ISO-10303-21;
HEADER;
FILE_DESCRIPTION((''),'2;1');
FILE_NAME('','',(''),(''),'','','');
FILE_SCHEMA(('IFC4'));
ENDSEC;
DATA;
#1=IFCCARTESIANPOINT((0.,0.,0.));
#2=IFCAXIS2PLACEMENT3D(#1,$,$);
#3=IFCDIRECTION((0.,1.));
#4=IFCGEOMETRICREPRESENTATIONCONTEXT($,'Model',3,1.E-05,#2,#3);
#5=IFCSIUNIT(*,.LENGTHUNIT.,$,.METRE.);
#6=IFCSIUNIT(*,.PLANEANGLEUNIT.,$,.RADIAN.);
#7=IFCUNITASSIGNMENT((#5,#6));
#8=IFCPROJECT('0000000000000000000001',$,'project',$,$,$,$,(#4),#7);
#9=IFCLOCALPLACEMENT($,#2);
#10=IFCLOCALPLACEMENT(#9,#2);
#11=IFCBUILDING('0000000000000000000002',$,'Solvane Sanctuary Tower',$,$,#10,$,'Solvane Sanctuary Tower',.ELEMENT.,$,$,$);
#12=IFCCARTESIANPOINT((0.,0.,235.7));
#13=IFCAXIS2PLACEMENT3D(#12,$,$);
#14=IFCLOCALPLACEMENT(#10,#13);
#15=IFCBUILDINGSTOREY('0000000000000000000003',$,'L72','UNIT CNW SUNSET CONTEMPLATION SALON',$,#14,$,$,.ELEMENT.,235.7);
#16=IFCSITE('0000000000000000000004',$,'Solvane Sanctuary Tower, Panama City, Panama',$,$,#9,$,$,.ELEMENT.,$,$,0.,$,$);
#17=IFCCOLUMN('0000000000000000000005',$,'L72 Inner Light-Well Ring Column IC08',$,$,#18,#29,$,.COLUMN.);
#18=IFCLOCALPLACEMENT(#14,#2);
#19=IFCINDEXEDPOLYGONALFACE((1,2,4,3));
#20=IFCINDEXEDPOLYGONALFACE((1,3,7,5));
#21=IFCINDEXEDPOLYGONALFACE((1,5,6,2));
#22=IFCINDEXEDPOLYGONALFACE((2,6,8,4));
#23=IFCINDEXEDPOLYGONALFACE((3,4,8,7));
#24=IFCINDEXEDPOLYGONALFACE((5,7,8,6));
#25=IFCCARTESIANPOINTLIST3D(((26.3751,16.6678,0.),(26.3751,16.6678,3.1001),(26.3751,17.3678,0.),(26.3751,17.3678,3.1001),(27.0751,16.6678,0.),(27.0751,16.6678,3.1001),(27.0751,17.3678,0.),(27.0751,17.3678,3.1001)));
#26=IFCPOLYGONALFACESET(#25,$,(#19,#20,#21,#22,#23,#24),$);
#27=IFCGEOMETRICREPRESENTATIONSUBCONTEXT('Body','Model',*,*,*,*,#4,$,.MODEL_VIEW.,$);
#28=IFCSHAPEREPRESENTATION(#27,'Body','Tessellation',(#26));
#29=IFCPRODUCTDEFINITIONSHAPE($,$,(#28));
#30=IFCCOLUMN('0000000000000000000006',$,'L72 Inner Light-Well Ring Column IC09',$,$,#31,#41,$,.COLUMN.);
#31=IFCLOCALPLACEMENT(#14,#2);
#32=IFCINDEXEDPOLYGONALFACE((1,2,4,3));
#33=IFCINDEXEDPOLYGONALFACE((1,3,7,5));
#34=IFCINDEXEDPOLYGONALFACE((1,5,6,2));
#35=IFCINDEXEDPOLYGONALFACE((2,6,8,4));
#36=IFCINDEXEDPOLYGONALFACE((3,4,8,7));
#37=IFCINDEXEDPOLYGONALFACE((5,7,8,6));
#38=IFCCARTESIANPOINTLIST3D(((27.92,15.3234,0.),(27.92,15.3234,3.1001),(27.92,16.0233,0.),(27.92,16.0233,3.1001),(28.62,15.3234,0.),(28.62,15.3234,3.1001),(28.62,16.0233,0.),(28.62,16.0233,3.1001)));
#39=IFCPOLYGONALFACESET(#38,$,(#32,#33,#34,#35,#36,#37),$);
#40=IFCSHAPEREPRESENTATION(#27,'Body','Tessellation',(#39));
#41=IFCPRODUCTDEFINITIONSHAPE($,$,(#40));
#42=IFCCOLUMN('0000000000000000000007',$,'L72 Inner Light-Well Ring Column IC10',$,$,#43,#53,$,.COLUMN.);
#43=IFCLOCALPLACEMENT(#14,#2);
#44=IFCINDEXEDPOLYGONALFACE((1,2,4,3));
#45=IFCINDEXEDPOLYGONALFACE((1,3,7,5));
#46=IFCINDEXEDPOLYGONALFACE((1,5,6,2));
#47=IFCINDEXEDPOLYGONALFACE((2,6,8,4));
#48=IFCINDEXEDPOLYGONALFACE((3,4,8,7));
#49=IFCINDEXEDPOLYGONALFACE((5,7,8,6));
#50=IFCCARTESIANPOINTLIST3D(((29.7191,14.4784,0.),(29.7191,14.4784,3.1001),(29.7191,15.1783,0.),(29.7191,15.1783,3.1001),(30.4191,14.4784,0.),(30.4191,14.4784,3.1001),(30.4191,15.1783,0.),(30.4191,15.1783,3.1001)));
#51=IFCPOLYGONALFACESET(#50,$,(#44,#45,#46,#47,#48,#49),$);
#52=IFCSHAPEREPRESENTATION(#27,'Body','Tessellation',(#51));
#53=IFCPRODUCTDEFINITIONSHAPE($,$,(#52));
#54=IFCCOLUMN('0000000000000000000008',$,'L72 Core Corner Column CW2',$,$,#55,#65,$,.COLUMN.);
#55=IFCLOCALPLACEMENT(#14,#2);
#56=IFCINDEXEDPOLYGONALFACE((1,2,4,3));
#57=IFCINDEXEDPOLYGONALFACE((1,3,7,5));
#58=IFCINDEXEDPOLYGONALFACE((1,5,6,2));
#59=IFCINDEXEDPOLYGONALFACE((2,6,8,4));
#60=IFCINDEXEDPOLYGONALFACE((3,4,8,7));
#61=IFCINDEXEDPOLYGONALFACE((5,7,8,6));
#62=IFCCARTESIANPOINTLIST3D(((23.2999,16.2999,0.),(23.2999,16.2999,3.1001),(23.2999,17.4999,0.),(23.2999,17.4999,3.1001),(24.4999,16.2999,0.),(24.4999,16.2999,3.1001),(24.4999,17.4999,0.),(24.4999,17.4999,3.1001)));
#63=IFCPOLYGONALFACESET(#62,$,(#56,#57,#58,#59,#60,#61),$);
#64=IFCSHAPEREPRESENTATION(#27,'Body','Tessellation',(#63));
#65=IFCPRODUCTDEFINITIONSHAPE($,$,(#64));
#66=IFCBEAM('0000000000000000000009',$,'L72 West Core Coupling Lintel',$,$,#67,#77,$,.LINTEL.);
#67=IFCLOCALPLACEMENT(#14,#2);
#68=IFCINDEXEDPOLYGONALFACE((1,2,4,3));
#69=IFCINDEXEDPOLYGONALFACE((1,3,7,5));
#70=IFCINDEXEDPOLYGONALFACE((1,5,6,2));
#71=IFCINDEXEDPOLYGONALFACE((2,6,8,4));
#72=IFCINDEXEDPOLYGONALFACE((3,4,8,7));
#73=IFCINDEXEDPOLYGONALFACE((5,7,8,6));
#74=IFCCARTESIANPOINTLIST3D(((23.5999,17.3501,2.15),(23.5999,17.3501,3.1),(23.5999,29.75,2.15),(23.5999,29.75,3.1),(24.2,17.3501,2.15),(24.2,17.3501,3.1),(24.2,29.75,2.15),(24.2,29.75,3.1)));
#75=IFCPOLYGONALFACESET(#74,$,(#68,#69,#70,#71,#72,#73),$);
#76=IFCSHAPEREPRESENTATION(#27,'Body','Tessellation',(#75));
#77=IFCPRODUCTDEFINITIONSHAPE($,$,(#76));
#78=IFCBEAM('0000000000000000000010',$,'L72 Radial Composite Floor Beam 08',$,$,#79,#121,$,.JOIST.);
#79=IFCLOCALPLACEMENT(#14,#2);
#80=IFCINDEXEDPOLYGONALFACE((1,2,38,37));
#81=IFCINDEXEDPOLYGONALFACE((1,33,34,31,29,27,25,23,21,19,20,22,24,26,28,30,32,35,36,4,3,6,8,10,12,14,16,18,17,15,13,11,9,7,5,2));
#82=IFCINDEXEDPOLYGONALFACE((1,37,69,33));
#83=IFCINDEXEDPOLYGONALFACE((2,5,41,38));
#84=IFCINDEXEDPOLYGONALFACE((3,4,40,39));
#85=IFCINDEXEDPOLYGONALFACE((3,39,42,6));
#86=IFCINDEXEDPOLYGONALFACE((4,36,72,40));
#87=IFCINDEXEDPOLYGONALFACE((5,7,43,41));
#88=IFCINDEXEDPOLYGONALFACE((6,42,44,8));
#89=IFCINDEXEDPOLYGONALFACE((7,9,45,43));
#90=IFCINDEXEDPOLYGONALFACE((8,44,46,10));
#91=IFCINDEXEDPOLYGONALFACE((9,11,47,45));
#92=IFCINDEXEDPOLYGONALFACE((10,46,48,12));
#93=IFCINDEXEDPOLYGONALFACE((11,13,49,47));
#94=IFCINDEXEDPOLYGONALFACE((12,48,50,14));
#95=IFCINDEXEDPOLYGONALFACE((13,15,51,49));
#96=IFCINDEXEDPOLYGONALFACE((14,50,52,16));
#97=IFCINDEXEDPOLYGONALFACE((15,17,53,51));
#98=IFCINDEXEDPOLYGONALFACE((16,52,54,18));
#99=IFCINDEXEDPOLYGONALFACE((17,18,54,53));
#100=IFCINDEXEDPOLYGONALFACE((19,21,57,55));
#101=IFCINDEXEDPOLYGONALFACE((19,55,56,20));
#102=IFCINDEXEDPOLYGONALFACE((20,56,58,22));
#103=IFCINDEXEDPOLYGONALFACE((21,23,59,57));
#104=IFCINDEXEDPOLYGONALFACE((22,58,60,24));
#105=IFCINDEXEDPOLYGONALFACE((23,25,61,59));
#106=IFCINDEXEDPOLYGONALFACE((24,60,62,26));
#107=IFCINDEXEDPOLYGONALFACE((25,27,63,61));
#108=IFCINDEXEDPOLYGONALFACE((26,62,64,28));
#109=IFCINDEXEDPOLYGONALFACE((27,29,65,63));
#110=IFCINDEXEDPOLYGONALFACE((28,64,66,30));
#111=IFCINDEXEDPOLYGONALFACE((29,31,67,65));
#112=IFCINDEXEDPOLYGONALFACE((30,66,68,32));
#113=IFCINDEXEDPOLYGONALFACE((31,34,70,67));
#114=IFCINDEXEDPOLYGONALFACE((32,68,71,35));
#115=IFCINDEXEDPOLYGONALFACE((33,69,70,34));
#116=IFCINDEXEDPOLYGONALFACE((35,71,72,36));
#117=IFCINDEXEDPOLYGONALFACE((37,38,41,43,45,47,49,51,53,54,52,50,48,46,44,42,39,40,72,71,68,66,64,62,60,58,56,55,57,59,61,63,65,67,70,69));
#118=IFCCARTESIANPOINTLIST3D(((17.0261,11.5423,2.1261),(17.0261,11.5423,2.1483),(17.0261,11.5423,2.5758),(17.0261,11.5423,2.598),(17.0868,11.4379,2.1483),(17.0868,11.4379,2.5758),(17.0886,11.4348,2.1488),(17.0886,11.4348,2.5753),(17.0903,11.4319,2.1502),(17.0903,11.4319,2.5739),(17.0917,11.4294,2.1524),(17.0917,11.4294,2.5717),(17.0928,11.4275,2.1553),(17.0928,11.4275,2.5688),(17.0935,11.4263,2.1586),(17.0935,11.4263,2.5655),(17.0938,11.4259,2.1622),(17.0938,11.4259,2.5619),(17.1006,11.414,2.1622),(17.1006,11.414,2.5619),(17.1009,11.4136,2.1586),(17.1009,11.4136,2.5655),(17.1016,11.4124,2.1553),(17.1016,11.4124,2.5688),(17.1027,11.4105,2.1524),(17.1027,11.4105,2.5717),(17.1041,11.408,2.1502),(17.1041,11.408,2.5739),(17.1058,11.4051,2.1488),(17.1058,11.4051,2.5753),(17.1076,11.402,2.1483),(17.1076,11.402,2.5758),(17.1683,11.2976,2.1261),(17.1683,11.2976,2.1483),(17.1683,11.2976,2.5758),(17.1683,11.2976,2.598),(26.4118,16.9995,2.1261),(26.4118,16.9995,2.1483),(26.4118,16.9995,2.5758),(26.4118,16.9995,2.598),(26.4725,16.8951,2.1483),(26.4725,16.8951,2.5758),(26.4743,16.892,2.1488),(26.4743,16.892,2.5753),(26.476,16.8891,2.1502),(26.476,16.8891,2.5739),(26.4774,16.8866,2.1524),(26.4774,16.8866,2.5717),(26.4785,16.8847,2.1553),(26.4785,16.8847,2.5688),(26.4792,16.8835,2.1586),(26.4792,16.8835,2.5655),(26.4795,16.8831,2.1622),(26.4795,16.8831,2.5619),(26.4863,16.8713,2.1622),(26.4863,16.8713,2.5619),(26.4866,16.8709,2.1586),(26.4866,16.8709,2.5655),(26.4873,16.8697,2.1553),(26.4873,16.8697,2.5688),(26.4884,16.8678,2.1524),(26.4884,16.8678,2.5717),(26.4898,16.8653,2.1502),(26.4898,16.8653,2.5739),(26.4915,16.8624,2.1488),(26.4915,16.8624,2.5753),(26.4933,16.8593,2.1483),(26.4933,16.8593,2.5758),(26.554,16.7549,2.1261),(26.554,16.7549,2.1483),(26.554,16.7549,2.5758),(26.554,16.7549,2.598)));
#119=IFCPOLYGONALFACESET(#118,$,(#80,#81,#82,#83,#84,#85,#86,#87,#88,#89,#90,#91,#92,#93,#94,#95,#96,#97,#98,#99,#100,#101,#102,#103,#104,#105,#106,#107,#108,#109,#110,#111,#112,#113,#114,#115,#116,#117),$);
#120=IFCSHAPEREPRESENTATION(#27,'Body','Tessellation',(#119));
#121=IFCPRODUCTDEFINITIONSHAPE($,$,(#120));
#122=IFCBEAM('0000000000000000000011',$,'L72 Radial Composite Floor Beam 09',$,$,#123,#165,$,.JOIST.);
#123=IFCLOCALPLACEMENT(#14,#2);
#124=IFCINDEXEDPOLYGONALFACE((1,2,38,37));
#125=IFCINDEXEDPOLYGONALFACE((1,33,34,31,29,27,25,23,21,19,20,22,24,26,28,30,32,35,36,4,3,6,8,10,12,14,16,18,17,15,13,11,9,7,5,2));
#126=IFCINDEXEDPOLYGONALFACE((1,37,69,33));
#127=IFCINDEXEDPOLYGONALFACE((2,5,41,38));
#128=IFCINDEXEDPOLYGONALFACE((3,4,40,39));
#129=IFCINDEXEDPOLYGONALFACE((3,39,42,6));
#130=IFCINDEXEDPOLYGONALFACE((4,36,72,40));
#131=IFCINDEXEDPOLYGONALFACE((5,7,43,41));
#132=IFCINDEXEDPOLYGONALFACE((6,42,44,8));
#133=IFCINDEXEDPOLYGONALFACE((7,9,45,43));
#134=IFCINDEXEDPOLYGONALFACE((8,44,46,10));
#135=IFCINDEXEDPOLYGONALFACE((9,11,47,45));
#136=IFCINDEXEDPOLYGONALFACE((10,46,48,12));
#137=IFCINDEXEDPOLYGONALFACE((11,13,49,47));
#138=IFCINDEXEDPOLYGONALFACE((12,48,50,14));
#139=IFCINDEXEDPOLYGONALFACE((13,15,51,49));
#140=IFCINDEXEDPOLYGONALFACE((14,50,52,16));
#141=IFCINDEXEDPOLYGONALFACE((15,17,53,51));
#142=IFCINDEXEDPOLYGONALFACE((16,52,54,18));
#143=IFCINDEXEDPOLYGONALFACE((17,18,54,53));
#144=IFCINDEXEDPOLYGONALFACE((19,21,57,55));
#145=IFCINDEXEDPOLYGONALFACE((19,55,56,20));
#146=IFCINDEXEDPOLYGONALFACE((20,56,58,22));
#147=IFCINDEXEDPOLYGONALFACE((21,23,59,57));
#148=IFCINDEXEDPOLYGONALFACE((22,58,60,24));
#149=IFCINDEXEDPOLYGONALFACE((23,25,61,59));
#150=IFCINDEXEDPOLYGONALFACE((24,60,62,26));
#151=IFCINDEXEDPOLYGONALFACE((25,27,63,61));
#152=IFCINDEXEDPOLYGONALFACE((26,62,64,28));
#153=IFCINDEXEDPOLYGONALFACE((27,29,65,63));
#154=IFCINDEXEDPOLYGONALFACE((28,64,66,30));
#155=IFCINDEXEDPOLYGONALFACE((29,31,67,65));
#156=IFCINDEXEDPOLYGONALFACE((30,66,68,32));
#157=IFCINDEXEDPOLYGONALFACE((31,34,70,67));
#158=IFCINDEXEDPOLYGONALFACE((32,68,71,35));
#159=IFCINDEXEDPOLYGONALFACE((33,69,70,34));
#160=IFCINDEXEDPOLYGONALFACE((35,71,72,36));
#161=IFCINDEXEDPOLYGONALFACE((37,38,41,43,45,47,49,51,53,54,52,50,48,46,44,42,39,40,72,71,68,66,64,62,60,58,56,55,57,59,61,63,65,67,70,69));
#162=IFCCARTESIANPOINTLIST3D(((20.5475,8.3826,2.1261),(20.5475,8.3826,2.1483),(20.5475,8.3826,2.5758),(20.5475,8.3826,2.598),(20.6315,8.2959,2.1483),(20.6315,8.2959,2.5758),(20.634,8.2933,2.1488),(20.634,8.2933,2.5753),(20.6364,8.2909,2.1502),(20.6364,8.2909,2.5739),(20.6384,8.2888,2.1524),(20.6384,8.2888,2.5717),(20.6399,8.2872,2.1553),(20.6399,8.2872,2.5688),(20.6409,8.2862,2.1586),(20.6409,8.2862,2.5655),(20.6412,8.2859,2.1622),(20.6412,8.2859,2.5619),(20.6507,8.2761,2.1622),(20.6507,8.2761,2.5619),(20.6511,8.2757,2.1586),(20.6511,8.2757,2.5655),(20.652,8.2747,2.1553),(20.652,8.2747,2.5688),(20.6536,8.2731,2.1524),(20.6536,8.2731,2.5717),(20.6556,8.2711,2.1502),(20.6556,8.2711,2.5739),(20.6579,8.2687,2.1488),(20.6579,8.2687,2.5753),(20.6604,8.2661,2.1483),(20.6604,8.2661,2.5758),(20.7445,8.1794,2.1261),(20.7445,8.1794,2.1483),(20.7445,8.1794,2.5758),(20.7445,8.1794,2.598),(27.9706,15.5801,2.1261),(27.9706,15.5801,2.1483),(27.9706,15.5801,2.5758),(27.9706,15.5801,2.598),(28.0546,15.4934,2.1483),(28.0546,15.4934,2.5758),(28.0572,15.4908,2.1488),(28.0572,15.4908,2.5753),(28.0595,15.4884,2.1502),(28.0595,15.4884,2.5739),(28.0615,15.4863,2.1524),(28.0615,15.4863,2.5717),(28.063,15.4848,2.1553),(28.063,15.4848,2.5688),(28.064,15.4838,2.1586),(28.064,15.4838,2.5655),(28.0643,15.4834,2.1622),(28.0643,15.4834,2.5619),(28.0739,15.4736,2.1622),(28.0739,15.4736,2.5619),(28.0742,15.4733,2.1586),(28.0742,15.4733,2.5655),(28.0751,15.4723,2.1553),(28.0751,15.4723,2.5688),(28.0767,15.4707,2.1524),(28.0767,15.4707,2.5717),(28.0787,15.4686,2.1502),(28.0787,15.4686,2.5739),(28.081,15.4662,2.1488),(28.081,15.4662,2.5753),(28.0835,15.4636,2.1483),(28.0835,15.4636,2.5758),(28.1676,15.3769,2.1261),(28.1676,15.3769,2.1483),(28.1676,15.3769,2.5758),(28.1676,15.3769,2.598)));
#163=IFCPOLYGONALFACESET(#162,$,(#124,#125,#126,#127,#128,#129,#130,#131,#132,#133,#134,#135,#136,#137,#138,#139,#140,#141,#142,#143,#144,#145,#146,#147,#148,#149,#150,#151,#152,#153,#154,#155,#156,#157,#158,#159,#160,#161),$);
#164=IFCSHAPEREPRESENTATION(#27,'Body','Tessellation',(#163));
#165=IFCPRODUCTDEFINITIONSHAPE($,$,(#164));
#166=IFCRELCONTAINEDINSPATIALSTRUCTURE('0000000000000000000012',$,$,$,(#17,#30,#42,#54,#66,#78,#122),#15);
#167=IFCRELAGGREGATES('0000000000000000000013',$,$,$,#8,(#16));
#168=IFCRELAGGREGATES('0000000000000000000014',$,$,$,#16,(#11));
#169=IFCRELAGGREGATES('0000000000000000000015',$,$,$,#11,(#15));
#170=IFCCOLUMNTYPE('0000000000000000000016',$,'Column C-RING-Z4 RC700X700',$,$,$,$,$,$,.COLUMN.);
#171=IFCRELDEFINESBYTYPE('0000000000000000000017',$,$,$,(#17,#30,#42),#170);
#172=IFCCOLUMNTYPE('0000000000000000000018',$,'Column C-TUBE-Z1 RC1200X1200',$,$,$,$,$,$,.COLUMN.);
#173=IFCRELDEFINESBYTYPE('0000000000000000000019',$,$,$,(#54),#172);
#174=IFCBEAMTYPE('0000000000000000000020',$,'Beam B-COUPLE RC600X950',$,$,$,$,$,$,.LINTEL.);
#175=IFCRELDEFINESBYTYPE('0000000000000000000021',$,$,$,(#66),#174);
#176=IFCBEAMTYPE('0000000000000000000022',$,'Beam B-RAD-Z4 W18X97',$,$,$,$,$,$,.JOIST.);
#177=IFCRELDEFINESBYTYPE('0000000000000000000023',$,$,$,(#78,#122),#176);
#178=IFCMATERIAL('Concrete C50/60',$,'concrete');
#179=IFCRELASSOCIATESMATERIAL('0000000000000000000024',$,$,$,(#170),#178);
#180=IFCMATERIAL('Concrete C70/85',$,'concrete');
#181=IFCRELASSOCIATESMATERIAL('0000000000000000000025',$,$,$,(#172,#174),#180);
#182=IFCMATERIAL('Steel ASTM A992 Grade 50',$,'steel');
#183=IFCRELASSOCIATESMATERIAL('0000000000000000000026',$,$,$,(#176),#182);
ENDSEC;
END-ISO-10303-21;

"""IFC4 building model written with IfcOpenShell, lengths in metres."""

from ifc_helpers import new_model, si_unit, direction, frame, origin, origin_2d, place, context, subcontext, project, spatial, rectangle, i_section, extrude, material, material_profile, profile_set, type_object, element, save


model = new_model("IFC4")

# Units and contexts
model_context = context("Model", 3, precision=1e-05, world=origin(), true_north=direction((0.0, 1.0)))
body_context = subcontext(model_context, "Body", "Model", "MODEL_VIEW")
ifc_project = project(units=[si_unit("LENGTHUNIT", "METRE"), si_unit("PLANEANGLEUNIT", "RADIAN")], contexts=[model_context])

# Site, building, storey
site_placement = place(None, origin())
site = spatial("IfcSite", under=ifc_project, at=site_placement, Name="Solvane Sanctuary Tower, Panama City, Panama", CompositionType="ELEMENT", RefElevation=0.0)
building_placement = place(site_placement, origin())
building = spatial("IfcBuilding", under=site, at=building_placement, Name="Solvane Sanctuary Tower", LongName="Solvane Sanctuary Tower", CompositionType="ELEMENT")
storey_placement = place(building_placement, frame((0.0, 0.0, 235.7)))
storey = spatial("IfcBuildingStorey", under=building, at=storey_placement, Name="L72", Description="UNIT CNW SUNSET CONTEMPLATION SALON", CompositionType="ELEMENT", Elevation=235.7)

# Columns
ifc_material_1 = material(Name="Concrete C50/60", Category="concrete")
ifc_material_profile_1 = material_profile(ifc_material_1, rectangle(XDim=0.7, YDim=0.7, at=origin_2d()), Name="RC700X700")
ifc_profile_set_1 = profile_set([ifc_material_profile_1], Name="Concrete C50/60")
column_type_1 = type_object("IfcColumnType", Name="Column C-RING-Z4 RC700X700", PredefinedType="COLUMN", material=ifc_profile_set_1)
for number, where, z_axis, x_axis, name in (
    (1, (26.7251, 17.0178, 0.0), (0.0, 0.0, 1.0), (1.0, 0.0, 0.0), "L72 Inner Light-Well Ring Column IC08"),
    (2, (28.27, 15.6733, 0.0), (0.0, 0.0, 1.0), (1.0, 0.0, 0.0), "L72 Inner Light-Well Ring Column IC09"),
    (3, (30.0691, 14.8284, 0.0), (0.0, 0.0, 1.0), (1.0, 0.0, 0.0), "L72 Inner Light-Well Ring Column IC10"),
):
    element("IfcColumn", number, at=place(storey_placement, frame(where, z_axis=z_axis, x_axis=x_axis)), inside=storey, type_object=column_type_1, Name=name, PredefinedType="COLUMN", context=body_context, shape_type="SweptSolid", body=[
        extrude(rectangle(XDim=0.7, YDim=0.7, at=origin_2d()), origin(), (0.0, 0.0, 1.0), 3.1001),
    ])
ifc_material_2 = material(Name="Concrete C70/85", Category="concrete")
ifc_material_profile_2 = material_profile(ifc_material_2, rectangle(XDim=1.2, YDim=1.2, at=origin_2d()), Name="RC1200X1200")
ifc_profile_set_2 = profile_set([ifc_material_profile_2], Name="Concrete C70/85")
column_type_2 = type_object("IfcColumnType", Name="Column C-TUBE-Z1 RC1200X1200", PredefinedType="COLUMN", material=ifc_profile_set_2)
column_placement = place(storey_placement, frame((23.8999, 16.8999, 0.0), z_axis=(0.0, 0.0, 1.0), x_axis=(1.0, 0.0, 0.0)))
element("IfcColumn", 4, at=column_placement, inside=storey, type_object=column_type_2, Name="L72 Core Corner Column CW2", PredefinedType="COLUMN", context=body_context, shape_type="SweptSolid", body=[
    extrude(rectangle(XDim=1.2, YDim=1.2, at=origin_2d()), origin(), (0.0, 0.0, 1.0), 3.1001),
])

# Beams
ifc_material_profile_3 = material_profile(ifc_material_2, rectangle(XDim=0.6001, YDim=0.95, at=origin_2d()), Name="RC600X950")
ifc_profile_set_3 = profile_set([ifc_material_profile_3], Name="Concrete C70/85")
beam_type_1 = type_object("IfcBeamType", Name="Beam B-COUPLE RC600X950", PredefinedType="LINTEL", material=ifc_profile_set_3)
beam_1_placement = place(storey_placement, frame((23.8999, 17.3501, 2.625), z_axis=(0.0, 1.0, 0.0), x_axis=(-1.0, 0.0, 0.0)))
element("IfcBeam", 5, at=beam_1_placement, inside=storey, type_object=beam_type_1, Name="L72 West Core Coupling Lintel", PredefinedType="LINTEL", context=body_context, shape_type="SweptSolid", body=[
    extrude(rectangle(XDim=0.6001, YDim=0.95, at=origin_2d()), origin(), (0.0, 0.0, 1.0), 12.3999),
])
ifc_material_3 = material(Name="Steel ASTM A992 Grade 50", Category="steel")
ifc_material_profile_4 = material_profile(ifc_material_3, i_section(OverallWidth=0.283, OverallDepth=0.4719, WebThickness=0.0137, FlangeThickness=0.0222, FilletRadius=0.0139, at=origin_2d()), Name="W18X97")
ifc_profile_set_4 = profile_set([ifc_material_profile_4], Name="Steel ASTM A992 Grade 50")
beam_type_2 = type_object("IfcBeamType", Name="Beam B-RAD-Z4 W18X97", PredefinedType="JOIST", material=ifc_profile_set_4)
beam_2_placement = place(storey_placement, frame((26.4829, 16.8772, 2.3621), z_axis=(-0.864489, -0.502651, 0.0), x_axis=(0.502651, -0.864489, 0.0)))
element("IfcBeam", 6, at=beam_2_placement, inside=storey, type_object=beam_type_2, Name="L72 Radial Composite Floor Beam 08", PredefinedType="JOIST", context=body_context, shape_type="SweptSolid", body=[
    extrude(i_section(OverallWidth=0.283, OverallDepth=0.4719, WebThickness=0.0137, FlangeThickness=0.0222, FilletRadius=0.0139, at=origin_2d()), origin(), (0.0, 0.0, 1.0), 10.8569),
])
beam_3_placement = place(storey_placement, frame((28.0691, 15.4785, 2.3621), z_axis=(-0.717932, -0.696114, 0.0), x_axis=(0.696114, -0.717932, 0.0)))
element("IfcBeam", 7, at=beam_3_placement, inside=storey, type_object=beam_type_2, Name="L72 Radial Composite Floor Beam 09", PredefinedType="JOIST", context=body_context, shape_type="SweptSolid", body=[
    extrude(i_section(OverallWidth=0.283, OverallDepth=0.4719, WebThickness=0.0137, FlangeThickness=0.0222, FilletRadius=0.0139, at=origin_2d()), origin(), (0.0, 0.0, 1.0), 10.3396),
])

save(model, "model.ifc")
